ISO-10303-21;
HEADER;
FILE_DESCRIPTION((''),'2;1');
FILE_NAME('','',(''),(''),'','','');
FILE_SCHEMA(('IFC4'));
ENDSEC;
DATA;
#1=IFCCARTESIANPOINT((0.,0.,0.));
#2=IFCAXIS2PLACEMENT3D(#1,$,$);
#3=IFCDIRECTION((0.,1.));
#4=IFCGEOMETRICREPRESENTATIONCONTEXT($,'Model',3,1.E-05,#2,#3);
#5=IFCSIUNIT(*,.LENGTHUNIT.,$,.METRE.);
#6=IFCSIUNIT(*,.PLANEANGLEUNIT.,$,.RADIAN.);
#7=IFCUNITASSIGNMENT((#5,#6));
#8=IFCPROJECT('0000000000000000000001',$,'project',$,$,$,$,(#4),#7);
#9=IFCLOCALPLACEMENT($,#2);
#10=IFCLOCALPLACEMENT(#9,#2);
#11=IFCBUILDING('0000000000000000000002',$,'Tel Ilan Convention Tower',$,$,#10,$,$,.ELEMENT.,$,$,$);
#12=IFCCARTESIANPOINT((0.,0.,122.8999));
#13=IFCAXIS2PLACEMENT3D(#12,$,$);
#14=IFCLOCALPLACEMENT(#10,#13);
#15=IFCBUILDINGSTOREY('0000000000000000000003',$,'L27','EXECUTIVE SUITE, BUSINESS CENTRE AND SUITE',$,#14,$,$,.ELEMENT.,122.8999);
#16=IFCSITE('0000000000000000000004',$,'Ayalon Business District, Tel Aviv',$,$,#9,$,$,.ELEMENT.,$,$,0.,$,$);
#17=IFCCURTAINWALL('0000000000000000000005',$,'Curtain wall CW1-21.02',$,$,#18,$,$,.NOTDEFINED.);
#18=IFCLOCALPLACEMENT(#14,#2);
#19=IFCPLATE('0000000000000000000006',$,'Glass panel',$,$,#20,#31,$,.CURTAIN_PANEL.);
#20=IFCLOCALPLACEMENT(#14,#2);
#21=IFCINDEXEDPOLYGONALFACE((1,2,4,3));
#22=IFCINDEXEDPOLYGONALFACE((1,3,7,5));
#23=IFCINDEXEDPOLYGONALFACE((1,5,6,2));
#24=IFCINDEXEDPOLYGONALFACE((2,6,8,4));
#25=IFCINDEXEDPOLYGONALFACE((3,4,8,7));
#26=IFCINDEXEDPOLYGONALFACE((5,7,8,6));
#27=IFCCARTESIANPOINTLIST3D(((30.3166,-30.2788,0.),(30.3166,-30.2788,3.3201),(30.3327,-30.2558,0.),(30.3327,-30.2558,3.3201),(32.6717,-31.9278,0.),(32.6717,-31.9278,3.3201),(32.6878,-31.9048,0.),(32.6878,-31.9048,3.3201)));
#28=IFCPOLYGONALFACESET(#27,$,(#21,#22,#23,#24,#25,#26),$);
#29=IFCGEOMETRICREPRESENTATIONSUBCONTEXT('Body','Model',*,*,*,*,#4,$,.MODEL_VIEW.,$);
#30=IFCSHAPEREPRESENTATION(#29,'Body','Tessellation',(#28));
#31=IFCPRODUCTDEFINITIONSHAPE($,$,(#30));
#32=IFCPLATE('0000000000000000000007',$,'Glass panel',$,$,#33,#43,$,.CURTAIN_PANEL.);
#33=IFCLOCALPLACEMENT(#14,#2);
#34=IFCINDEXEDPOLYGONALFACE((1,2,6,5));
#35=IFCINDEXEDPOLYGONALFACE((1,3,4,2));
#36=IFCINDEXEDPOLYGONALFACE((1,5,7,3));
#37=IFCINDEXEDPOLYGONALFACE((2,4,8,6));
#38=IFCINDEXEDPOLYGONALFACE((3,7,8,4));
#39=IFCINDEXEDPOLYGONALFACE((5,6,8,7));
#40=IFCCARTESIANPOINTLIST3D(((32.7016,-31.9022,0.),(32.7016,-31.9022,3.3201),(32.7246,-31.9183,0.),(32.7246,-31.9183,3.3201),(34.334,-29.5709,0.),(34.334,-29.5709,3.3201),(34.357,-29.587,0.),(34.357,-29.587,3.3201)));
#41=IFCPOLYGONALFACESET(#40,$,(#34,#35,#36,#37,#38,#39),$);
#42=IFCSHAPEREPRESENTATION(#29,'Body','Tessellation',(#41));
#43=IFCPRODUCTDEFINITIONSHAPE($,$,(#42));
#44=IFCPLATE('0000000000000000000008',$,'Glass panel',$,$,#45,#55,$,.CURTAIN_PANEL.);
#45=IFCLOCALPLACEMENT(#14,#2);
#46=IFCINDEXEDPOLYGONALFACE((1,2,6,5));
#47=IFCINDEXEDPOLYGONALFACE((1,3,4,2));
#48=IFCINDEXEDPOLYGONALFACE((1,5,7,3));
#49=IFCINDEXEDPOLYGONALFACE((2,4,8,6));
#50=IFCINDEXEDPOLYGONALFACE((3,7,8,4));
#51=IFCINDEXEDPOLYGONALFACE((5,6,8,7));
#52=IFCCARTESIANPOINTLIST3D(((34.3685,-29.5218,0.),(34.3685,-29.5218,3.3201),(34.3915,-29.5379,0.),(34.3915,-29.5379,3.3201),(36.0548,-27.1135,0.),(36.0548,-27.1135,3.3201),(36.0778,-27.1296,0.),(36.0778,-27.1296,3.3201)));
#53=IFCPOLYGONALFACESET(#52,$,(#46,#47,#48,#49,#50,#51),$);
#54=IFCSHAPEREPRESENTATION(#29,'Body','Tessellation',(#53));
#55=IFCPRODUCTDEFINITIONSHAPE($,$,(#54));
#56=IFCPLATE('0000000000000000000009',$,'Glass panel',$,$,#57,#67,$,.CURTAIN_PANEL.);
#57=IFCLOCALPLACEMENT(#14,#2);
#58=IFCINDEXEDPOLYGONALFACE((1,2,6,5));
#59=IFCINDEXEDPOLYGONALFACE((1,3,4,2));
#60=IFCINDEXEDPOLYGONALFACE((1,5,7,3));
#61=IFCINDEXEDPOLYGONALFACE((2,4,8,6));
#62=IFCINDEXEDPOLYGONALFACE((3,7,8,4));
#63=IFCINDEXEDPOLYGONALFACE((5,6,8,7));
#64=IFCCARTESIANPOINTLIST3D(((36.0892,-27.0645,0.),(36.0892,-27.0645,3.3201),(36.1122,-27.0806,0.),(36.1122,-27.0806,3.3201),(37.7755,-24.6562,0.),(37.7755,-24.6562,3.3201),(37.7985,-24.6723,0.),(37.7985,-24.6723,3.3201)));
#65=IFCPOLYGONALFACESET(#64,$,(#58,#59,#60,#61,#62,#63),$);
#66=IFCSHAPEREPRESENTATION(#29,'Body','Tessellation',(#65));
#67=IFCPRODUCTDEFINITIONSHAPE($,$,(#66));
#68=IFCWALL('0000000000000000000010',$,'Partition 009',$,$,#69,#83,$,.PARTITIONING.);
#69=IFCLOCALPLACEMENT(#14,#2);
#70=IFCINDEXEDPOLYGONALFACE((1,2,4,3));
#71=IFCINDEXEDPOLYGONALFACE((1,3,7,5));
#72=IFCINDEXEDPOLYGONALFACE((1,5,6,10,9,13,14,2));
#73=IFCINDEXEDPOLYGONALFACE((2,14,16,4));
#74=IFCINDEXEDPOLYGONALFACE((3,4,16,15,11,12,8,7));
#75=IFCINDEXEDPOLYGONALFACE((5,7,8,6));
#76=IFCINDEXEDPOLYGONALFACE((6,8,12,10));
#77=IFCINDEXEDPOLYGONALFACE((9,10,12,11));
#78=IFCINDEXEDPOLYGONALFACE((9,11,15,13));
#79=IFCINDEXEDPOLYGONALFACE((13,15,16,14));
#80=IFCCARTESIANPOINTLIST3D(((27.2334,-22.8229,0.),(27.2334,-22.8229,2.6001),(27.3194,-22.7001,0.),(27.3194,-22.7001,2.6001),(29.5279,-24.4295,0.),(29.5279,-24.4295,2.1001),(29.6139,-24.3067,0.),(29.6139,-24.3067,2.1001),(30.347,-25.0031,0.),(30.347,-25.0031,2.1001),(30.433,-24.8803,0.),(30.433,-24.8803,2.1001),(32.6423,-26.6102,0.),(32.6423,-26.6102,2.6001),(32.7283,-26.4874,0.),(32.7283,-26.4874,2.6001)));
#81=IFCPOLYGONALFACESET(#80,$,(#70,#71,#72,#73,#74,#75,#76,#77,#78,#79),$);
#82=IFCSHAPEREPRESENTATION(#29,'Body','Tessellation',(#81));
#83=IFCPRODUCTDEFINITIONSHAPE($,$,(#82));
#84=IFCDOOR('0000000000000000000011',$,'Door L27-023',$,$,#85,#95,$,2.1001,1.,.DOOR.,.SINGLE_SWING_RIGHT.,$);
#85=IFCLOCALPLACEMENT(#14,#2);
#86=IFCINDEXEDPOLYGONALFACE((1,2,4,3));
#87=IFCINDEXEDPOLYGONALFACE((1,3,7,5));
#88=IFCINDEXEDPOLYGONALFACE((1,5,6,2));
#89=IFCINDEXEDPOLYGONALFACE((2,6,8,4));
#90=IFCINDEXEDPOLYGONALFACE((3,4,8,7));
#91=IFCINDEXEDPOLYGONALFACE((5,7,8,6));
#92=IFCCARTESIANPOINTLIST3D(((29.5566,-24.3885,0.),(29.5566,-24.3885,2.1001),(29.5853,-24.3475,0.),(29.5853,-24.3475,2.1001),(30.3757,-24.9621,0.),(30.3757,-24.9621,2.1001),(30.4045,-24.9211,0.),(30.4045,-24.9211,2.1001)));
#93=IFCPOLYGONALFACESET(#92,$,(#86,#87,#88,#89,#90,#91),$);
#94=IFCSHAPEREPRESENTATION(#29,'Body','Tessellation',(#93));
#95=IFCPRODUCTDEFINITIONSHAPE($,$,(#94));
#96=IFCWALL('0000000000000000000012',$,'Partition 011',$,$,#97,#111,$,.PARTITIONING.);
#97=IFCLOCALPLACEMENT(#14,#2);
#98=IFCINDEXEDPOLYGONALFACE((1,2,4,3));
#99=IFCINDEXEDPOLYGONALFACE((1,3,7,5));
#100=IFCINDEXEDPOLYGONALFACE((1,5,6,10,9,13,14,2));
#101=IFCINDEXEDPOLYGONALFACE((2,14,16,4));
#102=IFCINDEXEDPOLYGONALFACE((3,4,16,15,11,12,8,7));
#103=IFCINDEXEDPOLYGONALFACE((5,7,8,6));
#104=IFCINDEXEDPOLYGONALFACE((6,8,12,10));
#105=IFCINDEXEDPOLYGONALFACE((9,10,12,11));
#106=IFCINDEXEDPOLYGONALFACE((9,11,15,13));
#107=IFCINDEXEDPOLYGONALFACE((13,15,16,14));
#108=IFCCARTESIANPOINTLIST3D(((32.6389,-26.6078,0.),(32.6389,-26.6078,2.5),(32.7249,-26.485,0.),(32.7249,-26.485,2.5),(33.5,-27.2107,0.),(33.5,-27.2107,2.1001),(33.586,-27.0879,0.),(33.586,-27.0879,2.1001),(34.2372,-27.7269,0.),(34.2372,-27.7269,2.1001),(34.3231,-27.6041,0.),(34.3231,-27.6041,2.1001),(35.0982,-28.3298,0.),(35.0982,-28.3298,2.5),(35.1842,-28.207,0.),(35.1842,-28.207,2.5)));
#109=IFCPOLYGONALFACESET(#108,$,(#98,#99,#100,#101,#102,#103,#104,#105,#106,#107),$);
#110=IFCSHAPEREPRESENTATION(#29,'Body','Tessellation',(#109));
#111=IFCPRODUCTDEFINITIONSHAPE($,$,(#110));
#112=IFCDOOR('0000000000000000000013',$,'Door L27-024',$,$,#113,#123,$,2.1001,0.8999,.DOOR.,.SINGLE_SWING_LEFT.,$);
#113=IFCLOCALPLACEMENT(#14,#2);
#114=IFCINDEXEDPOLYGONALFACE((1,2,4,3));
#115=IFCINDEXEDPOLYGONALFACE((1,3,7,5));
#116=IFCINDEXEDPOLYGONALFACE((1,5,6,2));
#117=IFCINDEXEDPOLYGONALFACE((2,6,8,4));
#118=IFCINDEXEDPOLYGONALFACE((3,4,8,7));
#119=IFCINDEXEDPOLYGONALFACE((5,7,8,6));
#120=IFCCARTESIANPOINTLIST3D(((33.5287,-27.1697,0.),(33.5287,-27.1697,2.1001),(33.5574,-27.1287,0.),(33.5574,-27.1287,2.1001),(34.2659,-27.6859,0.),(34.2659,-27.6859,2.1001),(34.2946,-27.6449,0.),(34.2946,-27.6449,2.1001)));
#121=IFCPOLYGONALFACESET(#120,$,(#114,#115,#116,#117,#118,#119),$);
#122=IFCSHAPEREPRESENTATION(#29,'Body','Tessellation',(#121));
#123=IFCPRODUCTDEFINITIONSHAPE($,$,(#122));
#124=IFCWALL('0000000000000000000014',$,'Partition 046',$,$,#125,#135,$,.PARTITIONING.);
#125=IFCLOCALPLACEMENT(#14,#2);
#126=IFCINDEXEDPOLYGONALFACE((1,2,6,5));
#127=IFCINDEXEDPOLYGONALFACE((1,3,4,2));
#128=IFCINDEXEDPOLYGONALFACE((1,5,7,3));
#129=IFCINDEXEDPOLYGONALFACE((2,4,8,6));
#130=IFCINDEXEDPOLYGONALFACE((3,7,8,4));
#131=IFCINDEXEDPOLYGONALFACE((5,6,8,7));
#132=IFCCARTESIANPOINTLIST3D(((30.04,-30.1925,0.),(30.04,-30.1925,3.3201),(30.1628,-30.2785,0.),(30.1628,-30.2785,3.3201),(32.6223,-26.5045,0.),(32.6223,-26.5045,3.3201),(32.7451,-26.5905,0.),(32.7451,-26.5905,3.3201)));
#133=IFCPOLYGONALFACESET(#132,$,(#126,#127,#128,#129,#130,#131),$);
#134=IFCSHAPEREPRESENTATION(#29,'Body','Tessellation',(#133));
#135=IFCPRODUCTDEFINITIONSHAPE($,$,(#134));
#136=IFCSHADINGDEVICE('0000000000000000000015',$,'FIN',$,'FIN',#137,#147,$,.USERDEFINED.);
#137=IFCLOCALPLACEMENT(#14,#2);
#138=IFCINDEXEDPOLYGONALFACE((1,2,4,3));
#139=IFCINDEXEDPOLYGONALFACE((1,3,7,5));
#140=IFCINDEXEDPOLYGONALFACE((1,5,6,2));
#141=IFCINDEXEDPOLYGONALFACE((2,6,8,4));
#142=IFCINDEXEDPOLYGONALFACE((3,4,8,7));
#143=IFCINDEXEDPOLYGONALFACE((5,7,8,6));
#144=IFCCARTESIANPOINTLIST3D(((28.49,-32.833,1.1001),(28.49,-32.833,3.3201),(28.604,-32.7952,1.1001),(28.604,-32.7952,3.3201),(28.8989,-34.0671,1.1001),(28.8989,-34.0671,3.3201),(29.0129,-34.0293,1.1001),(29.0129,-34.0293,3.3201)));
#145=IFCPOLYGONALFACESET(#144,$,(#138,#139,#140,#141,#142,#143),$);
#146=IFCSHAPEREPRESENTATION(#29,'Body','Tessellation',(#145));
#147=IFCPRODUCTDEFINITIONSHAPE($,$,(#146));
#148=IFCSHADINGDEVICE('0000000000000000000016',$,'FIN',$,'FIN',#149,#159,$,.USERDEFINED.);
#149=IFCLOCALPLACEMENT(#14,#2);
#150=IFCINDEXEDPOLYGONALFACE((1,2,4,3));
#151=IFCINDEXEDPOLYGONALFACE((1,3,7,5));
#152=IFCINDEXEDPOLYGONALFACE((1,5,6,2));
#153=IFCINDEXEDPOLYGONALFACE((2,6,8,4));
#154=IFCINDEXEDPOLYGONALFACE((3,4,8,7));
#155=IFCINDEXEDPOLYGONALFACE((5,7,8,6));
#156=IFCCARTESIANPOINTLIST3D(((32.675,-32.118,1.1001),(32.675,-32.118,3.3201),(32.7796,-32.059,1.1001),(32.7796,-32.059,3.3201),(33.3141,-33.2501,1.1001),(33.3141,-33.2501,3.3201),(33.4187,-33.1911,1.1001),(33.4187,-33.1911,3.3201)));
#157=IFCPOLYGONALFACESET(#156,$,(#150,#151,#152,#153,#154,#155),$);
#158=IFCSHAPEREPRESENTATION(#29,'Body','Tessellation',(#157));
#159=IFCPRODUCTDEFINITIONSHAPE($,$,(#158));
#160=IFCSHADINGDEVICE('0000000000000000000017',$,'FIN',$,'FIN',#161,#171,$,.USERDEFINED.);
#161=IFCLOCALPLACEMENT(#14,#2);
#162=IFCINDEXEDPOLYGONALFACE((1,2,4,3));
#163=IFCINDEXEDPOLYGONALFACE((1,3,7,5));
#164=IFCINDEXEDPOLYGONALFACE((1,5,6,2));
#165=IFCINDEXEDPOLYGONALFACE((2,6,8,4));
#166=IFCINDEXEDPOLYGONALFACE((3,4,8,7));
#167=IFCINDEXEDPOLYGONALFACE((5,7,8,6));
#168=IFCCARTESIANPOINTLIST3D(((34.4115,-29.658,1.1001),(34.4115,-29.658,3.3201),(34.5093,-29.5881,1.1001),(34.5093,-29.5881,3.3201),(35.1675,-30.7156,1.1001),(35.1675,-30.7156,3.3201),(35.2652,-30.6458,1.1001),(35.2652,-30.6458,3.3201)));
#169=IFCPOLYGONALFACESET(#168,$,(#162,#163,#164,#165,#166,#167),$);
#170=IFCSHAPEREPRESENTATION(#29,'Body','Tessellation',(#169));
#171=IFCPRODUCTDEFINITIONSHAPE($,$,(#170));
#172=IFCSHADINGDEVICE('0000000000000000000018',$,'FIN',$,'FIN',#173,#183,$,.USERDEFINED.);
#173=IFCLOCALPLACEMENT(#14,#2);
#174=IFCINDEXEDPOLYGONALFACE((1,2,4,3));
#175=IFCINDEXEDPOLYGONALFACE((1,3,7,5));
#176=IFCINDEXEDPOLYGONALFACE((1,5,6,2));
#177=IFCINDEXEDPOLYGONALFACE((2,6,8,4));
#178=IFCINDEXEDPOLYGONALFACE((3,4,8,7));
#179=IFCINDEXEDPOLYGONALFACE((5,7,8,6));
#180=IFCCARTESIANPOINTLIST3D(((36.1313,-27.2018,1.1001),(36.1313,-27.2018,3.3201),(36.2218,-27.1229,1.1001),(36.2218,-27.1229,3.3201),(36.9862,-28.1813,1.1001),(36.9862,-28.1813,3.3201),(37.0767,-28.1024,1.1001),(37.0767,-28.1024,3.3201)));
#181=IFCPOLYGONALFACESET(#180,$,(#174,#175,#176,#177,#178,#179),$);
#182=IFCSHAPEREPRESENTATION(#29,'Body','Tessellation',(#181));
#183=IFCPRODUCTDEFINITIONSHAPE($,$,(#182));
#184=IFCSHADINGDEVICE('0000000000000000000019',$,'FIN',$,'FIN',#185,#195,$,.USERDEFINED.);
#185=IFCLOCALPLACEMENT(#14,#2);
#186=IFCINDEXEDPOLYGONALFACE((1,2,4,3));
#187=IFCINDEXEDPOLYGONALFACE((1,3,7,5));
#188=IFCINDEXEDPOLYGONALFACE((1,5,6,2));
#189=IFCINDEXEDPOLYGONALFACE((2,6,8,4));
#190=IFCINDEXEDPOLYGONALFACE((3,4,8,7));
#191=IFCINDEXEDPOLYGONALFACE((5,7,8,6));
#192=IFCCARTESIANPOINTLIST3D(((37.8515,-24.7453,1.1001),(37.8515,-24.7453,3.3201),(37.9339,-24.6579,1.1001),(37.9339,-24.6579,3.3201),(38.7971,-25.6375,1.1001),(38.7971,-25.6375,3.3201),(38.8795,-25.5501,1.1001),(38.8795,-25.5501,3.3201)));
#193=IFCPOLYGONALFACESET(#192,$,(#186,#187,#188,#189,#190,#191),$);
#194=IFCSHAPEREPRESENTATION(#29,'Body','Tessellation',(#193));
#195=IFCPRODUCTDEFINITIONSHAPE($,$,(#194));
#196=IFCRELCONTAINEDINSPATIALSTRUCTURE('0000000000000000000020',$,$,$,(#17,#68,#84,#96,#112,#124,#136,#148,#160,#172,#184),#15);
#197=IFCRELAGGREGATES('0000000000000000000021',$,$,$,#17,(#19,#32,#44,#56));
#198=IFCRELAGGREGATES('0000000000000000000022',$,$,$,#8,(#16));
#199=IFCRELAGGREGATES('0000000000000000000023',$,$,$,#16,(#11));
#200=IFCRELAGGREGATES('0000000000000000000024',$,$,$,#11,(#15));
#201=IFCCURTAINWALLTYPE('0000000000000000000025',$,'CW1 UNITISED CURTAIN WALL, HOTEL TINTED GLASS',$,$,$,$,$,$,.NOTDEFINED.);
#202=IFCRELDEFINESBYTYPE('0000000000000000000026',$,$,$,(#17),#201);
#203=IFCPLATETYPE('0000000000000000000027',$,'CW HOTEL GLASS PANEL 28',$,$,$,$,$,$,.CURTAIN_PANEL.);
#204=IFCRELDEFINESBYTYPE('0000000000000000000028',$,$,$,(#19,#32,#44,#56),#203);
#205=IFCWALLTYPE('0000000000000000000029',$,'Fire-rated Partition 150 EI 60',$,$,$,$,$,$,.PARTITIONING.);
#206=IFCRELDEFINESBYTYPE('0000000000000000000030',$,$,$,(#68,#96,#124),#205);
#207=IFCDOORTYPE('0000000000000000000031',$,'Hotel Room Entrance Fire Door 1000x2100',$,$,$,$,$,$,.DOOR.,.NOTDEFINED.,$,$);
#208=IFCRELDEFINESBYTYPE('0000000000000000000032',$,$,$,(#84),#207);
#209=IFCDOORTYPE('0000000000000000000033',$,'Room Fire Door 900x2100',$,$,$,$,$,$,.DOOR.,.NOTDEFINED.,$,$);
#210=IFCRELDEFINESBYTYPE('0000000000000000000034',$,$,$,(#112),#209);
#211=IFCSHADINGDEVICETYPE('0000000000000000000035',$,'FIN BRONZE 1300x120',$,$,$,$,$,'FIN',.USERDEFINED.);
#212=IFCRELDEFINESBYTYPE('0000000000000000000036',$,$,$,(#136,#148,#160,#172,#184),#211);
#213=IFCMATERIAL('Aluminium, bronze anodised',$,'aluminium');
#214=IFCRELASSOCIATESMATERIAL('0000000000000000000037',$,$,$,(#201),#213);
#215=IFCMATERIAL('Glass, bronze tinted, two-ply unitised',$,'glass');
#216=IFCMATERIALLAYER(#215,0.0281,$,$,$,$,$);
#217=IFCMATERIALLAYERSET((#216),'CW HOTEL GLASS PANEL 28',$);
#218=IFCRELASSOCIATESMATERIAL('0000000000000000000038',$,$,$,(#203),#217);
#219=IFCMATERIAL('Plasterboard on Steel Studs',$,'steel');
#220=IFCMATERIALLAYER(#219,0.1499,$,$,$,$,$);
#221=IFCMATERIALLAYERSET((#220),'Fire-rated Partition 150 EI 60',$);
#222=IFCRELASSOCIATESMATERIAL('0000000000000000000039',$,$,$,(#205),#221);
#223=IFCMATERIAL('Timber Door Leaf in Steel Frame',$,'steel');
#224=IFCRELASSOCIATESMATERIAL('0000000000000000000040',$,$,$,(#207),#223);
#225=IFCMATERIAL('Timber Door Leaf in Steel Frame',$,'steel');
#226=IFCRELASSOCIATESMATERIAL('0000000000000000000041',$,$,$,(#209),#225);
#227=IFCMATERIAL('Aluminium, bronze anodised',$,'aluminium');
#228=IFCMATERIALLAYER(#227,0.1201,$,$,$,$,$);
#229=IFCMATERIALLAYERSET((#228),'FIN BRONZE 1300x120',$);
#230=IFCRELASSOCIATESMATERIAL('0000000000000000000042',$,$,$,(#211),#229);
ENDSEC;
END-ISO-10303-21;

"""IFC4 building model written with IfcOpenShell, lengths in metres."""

from ifc_helpers import new_model, si_unit, direction, frame, frame_2d, origin, origin_2d, place, context, subcontext, project, spatial, rectangle, extrude, material, layer, layer_set, type_object, element, fill, aggregate, save


model = new_model("IFC4")

# Units and contexts
model_context = context("Model", 3, precision=1e-05, world=origin(), true_north=direction((0.0, 1.0)))
body_context = subcontext(model_context, "Body", "Model", "MODEL_VIEW")
ifc_project = project(units=[si_unit("LENGTHUNIT", "METRE"), si_unit("PLANEANGLEUNIT", "RADIAN")], contexts=[model_context])

# Site, building, storey
site_placement = place(None, origin())
site = spatial("IfcSite", under=ifc_project, at=site_placement, Name="Ayalon Business District, Tel Aviv", CompositionType="ELEMENT", RefElevation=0.0)
building_placement = place(site_placement, origin())
building = spatial("IfcBuilding", under=site, at=building_placement, Name="Tel Ilan Convention Tower", CompositionType="ELEMENT")
storey_placement = place(building_placement, frame((0.0, 0.0, 122.8999)))
storey = spatial("IfcBuildingStorey", under=building, at=storey_placement, Name="L27", Description="EXECUTIVE SUITE, BUSINESS CENTRE AND SUITE", CompositionType="ELEMENT", Elevation=122.8999)

# Curtain wall, plates
ifc_material_1 = material(Name="Aluminium, bronze anodised", Category="aluminium")
curtain_wall_type = type_object("IfcCurtainWallType", Name="CW1 UNITISED CURTAIN WALL, HOTEL TINTED GLASS", PredefinedType="NOTDEFINED", material=ifc_material_1)
curtain_wall_placement = place(storey_placement, origin())
curtain_wall = element("IfcCurtainWall", 1, at=curtain_wall_placement, inside=storey, type_object=curtain_wall_type, Name="Curtain wall CW1-21.02", PredefinedType="NOTDEFINED")
ifc_material_2 = material(Name="Glass, bronze tinted, two-ply unitised", Category="glass")
ifc_layer_1 = layer(ifc_material_2, 0.0281)
ifc_layer_set_1 = layer_set([ifc_layer_1], Name="CW HOTEL GLASS PANEL 28")
plate_type = type_object("IfcPlateType", Name="CW HOTEL GLASS PANEL 28", PredefinedType="CURTAIN_PANEL", material=ifc_layer_set_1)
plate_1_placement = place(storey_placement, frame((31.5022, -31.0918, 0.0), z_axis=(0.0, 0.0, 1.0), x_axis=(0.819152, -0.573576, 0.0)))
plate_1 = element("IfcPlate", 2, at=plate_1_placement, type_object=plate_type, Name="Glass panel", PredefinedType="CURTAIN_PANEL", context=body_context, shape_type="SweptSolid", body=[
    extrude(rectangle(XDim=2.875, YDim=0.0281, at=origin_2d()), origin(), (0.0, 0.0, 1.0), 3.3201),
])
plate_2_placement = place(storey_placement, frame((33.5293, -30.7446, 0.0), z_axis=(0.0, 0.0, 1.0), x_axis=(0.573576, 0.819152, 0.0)))
plate_2 = element("IfcPlate", 3, at=plate_2_placement, type_object=plate_type, Name="Glass panel", PredefinedType="CURTAIN_PANEL", context=body_context, shape_type="SweptSolid", body=[
    extrude(rectangle(XDim=2.8459, YDim=0.0281, at=origin_2d()), origin(), (0.0, 0.0, 1.0), 3.3201),
])
plate_3_placement = place(storey_placement, frame((35.2231, -28.3257, 0.0), z_axis=(0.0, 0.0, 1.0), x_axis=(0.573576, 0.819152, 0.0)))
plate_3 = element("IfcPlate", 4, at=plate_3_placement, type_object=plate_type, Name="Glass panel", PredefinedType="CURTAIN_PANEL", context=body_context, shape_type="SweptSolid", body=[
    extrude(rectangle(XDim=2.9399, YDim=0.0281, at=origin_2d()), origin(), (0.0, 0.0, 1.0), 3.3201),
])
plate_4_placement = place(storey_placement, frame((36.9438, -25.8684, 0.0), z_axis=(0.0, 0.0, 1.0), x_axis=(0.573576, 0.819152, 0.0)))
plate_4 = element("IfcPlate", 5, at=plate_4_placement, type_object=plate_type, Name="Glass panel", PredefinedType="CURTAIN_PANEL", context=body_context, shape_type="SweptSolid", body=[
    extrude(rectangle(XDim=2.9399, YDim=0.0281, at=origin_2d()), origin(), (0.0, 0.0, 1.0), 3.3201),
])
aggregate(curtain_wall, [plate_1, plate_2, plate_3, plate_4])

# Walls, openings, doors
ifc_material_3 = material(Name="Plasterboard on Steel Studs", Category="steel")
ifc_layer_2 = layer(ifc_material_3, 0.1499)
ifc_layer_set_2 = layer_set([ifc_layer_2], Name="Fire-rated Partition 150 EI 60")
wall_type = type_object("IfcWallType", Name="Fire-rated Partition 150 EI 60", PredefinedType="PARTITIONING", material=ifc_layer_set_2)
wall_1_placement = place(storey_placement, frame((32.6853, -26.5488, 0.0), z_axis=(0.0, 0.0, 1.0), x_axis=(-0.819154, 0.573574, 0.0)))
wall_1 = element("IfcWall", 6, at=wall_1_placement, inside=storey, type_object=wall_type, Name="Partition 009", PredefinedType="PARTITIONING", context=body_context, shape_type="SweptSolid", body=[
    extrude(rectangle(XDim=6.603, YDim=0.1499, at=frame_2d((3.3015, 0.0))), origin(), (0.0, 0.0, 1.0), 2.6001),
])
opening_1_placement = place(wall_1_placement, frame((2.802, 0.0, 0.0)))
opening_1 = element("IfcOpeningElement", 7, at=opening_1_placement, cuts=wall_1, PredefinedType="OPENING", context=body_context, shape_type="SweptSolid", body=[
    extrude(rectangle(XDim=1.0, YDim=2.1001, at=frame_2d((0.5, 1.05))), frame((0.0, 0.085, 0.0), z_axis=(0.0, -1.0, 0.0), x_axis=(1.0, 0.0, 0.0)), (0.0, 0.0, 1.0), 0.1699),
])
ifc_material_4 = material(Name="Timber Door Leaf in Steel Frame", Category="steel")
door_type_1 = type_object("IfcDoorType", Name="Hotel Room Entrance Fire Door 1000x2100", OperationType="NOTDEFINED", PredefinedType="DOOR", material=ifc_material_4)
door_1_placement = place(opening_1_placement, origin())
door_1 = element("IfcDoor", 8, at=door_1_placement, inside=storey, type_object=door_type_1, Name="Door L27-023", OperationType="SINGLE_SWING_RIGHT", OverallHeight=2.1001, OverallWidth=1.0, PredefinedType="DOOR", context=body_context, shape_type="SweptSolid", body=[
    extrude(rectangle(XDim=1.0, YDim=2.1001, at=frame_2d((0.5, 1.05))), frame((0.0, 0.0249, 0.0), z_axis=(0.0, -1.0, 0.0), x_axis=(1.0, 0.0, 0.0)), (0.0, 0.0, 1.0), 0.05),
])
fill(opening_1, door_1)
wall_2_placement = place(storey_placement, frame((35.1411, -28.2683, 0.0), z_axis=(0.0, 0.0, 1.0), x_axis=(-0.819159, 0.573566, 0.0)))
wall_2 = element("IfcWall", 9, at=wall_2_placement, inside=storey, type_object=wall_type, Name="Partition 011", PredefinedType="PARTITIONING", context=body_context, shape_type="SweptSolid", body=[
    extrude(rectangle(XDim=3.0022, YDim=0.1499, at=frame_2d((1.501, 0.0))), origin(), (0.0, 0.0, 1.0), 2.5),
])
opening_2_placement = place(wall_2_placement, frame((1.051, 0.0, 0.0)))
opening_2 = element("IfcOpeningElement", 10, at=opening_2_placement, cuts=wall_2, PredefinedType="OPENING", context=body_context, shape_type="SweptSolid", body=[
    extrude(rectangle(XDim=0.8999, YDim=2.1001, at=frame_2d((0.45, 1.05))), frame((0.0, 0.085, 0.0), z_axis=(0.0, -1.0, 0.0), x_axis=(1.0, 0.0, 0.0)), (0.0, 0.0, 1.0), 0.1699),
])
ifc_material_5 = material(Name="Timber Door Leaf in Steel Frame", Category="steel")
door_type_2 = type_object("IfcDoorType", Name="Room Fire Door 900x2100", OperationType="NOTDEFINED", PredefinedType="DOOR", material=ifc_material_5)
door_2_placement = place(opening_2_placement, origin())
door_2 = element("IfcDoor", 11, at=door_2_placement, inside=storey, type_object=door_type_2, Name="Door L27-024", OperationType="SINGLE_SWING_LEFT", OverallHeight=2.1001, OverallWidth=0.8999, PredefinedType="DOOR", context=body_context, shape_type="SweptSolid", body=[
    extrude(rectangle(XDim=0.8999, YDim=2.1001, at=frame_2d((0.45, 1.05))), frame((0.0, 0.0249, 0.0), z_axis=(0.0, -1.0, 0.0), x_axis=(1.0, 0.0, 0.0)), (0.0, 0.0, 1.0), 0.05),
])
fill(opening_2, door_2)

# Wall
wall_3_placement = place(storey_placement, frame((32.6836, -26.5476, 0.0), z_axis=(0.0, 0.0, 1.0), x_axis=(-0.573564, -0.819161, 0.0)))
element("IfcWall", 12, at=wall_3_placement, inside=storey, type_object=wall_type, Name="Partition 046", PredefinedType="PARTITIONING", context=body_context, shape_type="SweptSolid", body=[
    extrude(rectangle(XDim=4.5022, YDim=0.1499, at=frame_2d((2.251, 0.0))), origin(), (0.0, 0.0, 1.0), 3.3201),
])

# Shading devices
ifc_material_6 = material(Name="Aluminium, bronze anodised", Category="aluminium")
ifc_layer_3 = layer(ifc_material_6, 0.1201)
ifc_layer_set_3 = layer_set([ifc_layer_3], Name="FIN BRONZE 1300x120")
shading_device_type = type_object("IfcShadingDeviceType", Name="FIN BRONZE 1300x120", ElementType="FIN", PredefinedType="USERDEFINED", material=ifc_layer_set_3)
for number, where, z_axis, x_axis, name in (
    (13, (28.7515, -33.4312, 1.1001), (0.0, 0.0, 1.0), (0.314545, -0.949243, 0.0), "FIN"),
    (14, (33.0469, -32.6545, 1.1001), (0.0, 0.0, 1.0), (0.491579, -0.870833, 0.0), "FIN"),
    (15, (34.8384, -30.1519, 1.1001), (0.0, 0.0, 1.0), (0.581492, -0.813552, 0.0), "FIN"),
    (16, (36.604, -27.6521, 1.1001), (0.0, 0.0, 1.0), (0.657521, -0.753436, 0.0), "FIN"),
    (17, (38.3655, -25.1477, 1.1001), (0.0, 0.0, 1.0), (0.727374, -0.686242, 0.0), "FIN"),
):
    element("IfcShadingDevice", number, at=place(storey_placement, frame(where, z_axis=z_axis, x_axis=x_axis)), inside=storey, type_object=shading_device_type, Name=name, ObjectType="FIN", PredefinedType="USERDEFINED", context=body_context, shape_type="SweptSolid", body=[
        extrude(rectangle(XDim=1.3, YDim=0.1201, at=origin_2d()), origin(), (0.0, 0.0, 1.0), 2.22),
    ])

save(model, "model.ifc")
